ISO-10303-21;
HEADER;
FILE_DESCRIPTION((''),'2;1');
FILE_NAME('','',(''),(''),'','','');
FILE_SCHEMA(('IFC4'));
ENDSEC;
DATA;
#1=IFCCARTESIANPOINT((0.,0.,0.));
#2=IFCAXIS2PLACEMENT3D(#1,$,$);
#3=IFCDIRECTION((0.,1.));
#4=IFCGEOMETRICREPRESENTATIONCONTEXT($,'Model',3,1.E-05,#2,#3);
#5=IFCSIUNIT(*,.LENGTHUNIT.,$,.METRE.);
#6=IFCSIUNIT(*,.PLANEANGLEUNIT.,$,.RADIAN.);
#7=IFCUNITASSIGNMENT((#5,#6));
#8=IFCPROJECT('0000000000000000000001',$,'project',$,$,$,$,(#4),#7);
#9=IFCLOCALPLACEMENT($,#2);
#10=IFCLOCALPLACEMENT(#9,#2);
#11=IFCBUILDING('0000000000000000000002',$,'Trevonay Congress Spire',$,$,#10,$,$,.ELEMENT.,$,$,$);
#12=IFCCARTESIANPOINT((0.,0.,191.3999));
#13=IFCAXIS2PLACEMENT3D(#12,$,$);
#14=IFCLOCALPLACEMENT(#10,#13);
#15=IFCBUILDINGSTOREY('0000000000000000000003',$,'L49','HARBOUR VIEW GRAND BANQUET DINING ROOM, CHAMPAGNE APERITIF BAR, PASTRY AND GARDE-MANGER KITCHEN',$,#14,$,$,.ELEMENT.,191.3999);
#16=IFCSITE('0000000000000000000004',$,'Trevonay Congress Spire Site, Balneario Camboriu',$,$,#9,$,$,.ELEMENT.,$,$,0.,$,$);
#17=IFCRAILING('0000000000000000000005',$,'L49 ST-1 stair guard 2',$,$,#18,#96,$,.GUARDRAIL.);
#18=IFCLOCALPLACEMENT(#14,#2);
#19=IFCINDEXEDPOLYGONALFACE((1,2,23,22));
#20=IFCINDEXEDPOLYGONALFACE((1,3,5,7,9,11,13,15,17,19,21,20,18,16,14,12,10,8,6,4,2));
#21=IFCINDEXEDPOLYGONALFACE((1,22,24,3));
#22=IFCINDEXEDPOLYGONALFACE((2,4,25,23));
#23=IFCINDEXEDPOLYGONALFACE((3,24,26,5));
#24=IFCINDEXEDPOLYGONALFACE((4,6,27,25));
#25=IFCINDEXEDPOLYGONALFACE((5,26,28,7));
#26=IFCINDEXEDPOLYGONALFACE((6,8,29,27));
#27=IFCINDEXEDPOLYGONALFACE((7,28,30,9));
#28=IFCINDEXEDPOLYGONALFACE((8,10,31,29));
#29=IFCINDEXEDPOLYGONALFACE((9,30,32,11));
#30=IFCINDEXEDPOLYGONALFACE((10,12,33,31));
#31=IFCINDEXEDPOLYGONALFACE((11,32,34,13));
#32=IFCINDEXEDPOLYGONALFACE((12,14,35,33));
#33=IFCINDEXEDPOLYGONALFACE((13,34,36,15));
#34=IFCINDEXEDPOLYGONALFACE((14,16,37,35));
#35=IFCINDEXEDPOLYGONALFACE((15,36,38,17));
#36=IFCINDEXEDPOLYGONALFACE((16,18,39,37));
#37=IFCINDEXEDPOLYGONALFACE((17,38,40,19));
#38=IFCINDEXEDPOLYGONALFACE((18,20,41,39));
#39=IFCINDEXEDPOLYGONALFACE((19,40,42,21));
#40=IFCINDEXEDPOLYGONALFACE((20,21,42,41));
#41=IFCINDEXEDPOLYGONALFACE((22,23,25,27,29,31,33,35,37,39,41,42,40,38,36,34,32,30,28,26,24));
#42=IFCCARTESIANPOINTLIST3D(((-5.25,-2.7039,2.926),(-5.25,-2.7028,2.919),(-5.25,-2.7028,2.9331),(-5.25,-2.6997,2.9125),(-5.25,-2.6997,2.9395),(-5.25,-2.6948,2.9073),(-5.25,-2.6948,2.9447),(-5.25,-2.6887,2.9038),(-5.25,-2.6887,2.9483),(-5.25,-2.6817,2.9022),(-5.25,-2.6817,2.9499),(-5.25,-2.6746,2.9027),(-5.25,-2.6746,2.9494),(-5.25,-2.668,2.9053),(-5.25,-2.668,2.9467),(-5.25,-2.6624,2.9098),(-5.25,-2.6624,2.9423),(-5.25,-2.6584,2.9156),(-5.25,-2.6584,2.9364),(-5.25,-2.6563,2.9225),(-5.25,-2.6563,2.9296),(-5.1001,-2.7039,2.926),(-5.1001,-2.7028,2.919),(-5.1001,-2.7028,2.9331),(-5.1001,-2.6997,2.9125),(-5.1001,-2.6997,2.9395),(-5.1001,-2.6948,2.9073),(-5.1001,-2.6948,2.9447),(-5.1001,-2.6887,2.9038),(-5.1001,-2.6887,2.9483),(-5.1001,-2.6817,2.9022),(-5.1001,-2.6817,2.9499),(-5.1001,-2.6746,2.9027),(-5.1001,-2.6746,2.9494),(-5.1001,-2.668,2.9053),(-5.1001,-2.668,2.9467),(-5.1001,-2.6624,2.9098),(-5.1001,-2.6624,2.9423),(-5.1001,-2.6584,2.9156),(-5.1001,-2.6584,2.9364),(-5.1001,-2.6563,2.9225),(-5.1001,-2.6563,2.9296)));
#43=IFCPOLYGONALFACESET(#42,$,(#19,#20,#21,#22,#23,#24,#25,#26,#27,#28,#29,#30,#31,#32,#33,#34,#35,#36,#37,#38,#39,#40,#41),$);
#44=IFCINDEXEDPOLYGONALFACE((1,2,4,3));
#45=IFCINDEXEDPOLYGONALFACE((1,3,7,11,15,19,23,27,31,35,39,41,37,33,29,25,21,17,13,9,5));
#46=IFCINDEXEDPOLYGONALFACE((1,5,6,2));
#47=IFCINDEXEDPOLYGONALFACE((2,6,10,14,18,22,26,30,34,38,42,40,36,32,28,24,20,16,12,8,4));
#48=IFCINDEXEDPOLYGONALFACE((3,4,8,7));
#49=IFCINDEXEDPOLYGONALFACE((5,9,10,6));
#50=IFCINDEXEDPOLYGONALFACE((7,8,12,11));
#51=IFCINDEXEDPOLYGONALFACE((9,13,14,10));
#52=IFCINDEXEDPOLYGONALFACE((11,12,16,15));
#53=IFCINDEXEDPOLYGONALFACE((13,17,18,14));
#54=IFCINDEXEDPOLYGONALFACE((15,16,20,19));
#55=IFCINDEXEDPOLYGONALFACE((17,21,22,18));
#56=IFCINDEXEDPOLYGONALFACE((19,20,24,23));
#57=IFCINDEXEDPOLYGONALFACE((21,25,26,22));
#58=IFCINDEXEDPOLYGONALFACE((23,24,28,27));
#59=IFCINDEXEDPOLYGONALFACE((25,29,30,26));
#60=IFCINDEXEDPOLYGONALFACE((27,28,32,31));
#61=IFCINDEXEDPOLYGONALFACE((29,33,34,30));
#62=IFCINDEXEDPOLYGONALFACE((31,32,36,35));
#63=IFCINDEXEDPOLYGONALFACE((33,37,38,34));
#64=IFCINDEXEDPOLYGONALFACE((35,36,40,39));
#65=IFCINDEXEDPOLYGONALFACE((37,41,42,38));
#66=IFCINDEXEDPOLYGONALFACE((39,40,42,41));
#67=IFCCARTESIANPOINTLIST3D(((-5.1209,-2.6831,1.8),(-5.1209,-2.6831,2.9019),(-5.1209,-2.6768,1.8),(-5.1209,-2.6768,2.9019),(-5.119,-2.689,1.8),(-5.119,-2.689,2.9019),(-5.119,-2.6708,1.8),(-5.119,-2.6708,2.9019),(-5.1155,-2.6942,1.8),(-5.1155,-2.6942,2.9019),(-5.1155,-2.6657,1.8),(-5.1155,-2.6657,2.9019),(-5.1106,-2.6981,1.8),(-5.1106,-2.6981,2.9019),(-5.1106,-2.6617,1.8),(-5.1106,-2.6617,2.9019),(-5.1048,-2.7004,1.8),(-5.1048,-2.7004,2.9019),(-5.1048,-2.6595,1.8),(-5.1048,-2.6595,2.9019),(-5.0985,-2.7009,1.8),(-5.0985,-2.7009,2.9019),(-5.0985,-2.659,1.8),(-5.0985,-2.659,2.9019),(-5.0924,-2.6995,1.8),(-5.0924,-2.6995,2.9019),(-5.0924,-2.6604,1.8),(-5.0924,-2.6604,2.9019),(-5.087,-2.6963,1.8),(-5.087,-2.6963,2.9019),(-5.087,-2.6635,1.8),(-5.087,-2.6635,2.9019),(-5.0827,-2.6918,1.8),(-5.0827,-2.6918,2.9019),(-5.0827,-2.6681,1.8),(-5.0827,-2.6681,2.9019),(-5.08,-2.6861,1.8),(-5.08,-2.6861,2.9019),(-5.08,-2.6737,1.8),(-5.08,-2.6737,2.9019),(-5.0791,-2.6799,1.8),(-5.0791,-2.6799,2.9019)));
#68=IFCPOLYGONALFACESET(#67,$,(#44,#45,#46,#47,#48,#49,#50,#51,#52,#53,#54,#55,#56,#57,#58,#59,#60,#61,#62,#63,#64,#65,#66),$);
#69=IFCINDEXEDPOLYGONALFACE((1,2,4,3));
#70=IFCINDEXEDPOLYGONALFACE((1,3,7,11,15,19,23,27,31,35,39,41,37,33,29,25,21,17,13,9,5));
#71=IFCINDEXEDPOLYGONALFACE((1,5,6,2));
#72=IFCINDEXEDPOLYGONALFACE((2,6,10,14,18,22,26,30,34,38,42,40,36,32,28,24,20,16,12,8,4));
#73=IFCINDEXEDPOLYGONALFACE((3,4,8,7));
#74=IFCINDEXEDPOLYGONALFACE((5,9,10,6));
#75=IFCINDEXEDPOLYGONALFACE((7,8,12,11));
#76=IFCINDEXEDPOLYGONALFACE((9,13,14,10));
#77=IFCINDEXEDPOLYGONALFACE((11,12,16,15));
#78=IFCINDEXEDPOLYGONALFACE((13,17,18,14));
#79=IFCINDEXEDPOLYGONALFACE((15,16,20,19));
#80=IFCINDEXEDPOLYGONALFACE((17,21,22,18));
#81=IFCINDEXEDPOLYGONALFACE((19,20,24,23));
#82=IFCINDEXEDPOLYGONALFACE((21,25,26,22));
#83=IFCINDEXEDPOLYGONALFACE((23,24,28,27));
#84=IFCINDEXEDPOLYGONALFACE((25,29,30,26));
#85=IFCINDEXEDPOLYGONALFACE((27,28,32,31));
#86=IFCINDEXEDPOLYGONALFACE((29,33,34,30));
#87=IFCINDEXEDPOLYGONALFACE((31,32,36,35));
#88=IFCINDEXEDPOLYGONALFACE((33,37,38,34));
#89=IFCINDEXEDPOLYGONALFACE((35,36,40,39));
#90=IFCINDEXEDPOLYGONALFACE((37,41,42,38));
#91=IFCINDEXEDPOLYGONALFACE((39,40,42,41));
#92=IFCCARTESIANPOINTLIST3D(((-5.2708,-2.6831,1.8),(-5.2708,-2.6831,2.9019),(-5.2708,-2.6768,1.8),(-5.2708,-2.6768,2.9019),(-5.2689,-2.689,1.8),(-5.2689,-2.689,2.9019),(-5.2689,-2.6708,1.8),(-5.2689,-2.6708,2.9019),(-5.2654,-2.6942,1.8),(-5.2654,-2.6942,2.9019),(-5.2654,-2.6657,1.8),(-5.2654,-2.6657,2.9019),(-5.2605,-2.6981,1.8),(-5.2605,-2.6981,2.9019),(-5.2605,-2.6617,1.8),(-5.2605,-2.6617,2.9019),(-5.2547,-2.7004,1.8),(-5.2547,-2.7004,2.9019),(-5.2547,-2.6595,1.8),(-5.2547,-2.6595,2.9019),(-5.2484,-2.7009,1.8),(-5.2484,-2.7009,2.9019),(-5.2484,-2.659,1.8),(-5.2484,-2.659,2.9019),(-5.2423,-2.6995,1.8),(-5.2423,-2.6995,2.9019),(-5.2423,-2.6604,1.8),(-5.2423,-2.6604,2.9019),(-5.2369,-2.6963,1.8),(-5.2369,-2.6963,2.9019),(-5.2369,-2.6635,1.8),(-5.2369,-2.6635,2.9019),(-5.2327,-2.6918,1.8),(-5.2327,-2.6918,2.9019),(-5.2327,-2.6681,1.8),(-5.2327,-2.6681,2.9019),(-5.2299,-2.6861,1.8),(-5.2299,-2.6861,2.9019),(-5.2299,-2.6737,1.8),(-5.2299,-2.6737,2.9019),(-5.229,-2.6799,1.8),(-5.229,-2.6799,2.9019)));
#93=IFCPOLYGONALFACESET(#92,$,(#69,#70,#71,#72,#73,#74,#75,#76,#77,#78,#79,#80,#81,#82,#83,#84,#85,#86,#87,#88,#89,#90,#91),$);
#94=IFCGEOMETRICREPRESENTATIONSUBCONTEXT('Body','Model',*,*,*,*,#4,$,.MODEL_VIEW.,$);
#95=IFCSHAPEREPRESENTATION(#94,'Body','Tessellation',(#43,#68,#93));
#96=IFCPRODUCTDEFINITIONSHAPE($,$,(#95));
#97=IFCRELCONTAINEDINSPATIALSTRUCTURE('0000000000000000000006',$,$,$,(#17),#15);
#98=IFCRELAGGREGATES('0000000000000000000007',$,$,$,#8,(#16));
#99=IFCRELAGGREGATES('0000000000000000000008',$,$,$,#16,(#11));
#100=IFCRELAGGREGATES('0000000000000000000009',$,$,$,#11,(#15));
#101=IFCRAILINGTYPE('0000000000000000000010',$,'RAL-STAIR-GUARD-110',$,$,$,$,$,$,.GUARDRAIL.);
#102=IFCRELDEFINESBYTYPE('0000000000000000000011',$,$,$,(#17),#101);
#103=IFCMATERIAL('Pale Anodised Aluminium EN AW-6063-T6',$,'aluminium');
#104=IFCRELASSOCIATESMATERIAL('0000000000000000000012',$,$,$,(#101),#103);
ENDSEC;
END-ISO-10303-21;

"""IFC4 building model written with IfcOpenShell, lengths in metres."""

from ifc_helpers import new_model, si_unit, direction, frame, origin, origin_2d, place, context, subcontext, project, spatial, circle, extrude, material, type_object, element, save


model = new_model("IFC4")

# Units and contexts
model_context = context("Model", 3, precision=1e-05, world=origin(), true_north=direction((0.0, 1.0)))
body_context = subcontext(model_context, "Body", "Model", "MODEL_VIEW")
ifc_project = project(units=[si_unit("LENGTHUNIT", "METRE"), si_unit("PLANEANGLEUNIT", "RADIAN")], contexts=[model_context])

# Site, building, storey
site_placement = place(None, origin())
site = spatial("IfcSite", under=ifc_project, at=site_placement, Name="Trevonay Congress Spire Site, Balneario Camboriu", CompositionType="ELEMENT", RefElevation=0.0)
building_placement = place(site_placement, origin())
building = spatial("IfcBuilding", under=site, at=building_placement, Name="Trevonay Congress Spire", CompositionType="ELEMENT")
storey_placement = place(building_placement, frame((0.0, 0.0, 191.3999)))
storey = spatial("IfcBuildingStorey", under=building, at=storey_placement, Name="L49", Description="HARBOUR VIEW GRAND BANQUET DINING ROOM, CHAMPAGNE APERITIF BAR, PASTRY AND GARDE-MANGER KITCHEN", CompositionType="ELEMENT", Elevation=191.3999)

# Railing
ifc_material_1 = material(Name="Pale Anodised Aluminium EN AW-6063-T6", Category="aluminium")
railing_type_1 = type_object("IfcRailingType", Name="RAL-STAIR-GUARD-110", PredefinedType="GUARDRAIL", material=ifc_material_1)
railing_1_placement = place(storey_placement, frame((-5.1001, -2.6799, 1.8)))
element("IfcRailing", 1, at=railing_1_placement, inside=storey, type_object=railing_type_1, Name="L49 ST-1 stair guard 2", PredefinedType="GUARDRAIL", context=body_context, shape_type="SweptSolid", body=[
    extrude(circle(Radius=0.0239, at=origin_2d()), frame((0.0, 0.0, 1.126), z_axis=(-1.0, 0.0, 0.0), x_axis=(0.0, -1.0, 0.0)), (0.0, 0.0, 1.0), 0.1499),
    extrude(circle(Radius=0.021, at=origin_2d()), origin(), (0.0, 0.0, 1.0), 1.1018),
    extrude(circle(Radius=0.021, at=origin_2d()), frame((-0.1499, 0.0, 0.0)), (0.0, 0.0, 1.0), 1.1018),
])

save(model, "model.ifc")
